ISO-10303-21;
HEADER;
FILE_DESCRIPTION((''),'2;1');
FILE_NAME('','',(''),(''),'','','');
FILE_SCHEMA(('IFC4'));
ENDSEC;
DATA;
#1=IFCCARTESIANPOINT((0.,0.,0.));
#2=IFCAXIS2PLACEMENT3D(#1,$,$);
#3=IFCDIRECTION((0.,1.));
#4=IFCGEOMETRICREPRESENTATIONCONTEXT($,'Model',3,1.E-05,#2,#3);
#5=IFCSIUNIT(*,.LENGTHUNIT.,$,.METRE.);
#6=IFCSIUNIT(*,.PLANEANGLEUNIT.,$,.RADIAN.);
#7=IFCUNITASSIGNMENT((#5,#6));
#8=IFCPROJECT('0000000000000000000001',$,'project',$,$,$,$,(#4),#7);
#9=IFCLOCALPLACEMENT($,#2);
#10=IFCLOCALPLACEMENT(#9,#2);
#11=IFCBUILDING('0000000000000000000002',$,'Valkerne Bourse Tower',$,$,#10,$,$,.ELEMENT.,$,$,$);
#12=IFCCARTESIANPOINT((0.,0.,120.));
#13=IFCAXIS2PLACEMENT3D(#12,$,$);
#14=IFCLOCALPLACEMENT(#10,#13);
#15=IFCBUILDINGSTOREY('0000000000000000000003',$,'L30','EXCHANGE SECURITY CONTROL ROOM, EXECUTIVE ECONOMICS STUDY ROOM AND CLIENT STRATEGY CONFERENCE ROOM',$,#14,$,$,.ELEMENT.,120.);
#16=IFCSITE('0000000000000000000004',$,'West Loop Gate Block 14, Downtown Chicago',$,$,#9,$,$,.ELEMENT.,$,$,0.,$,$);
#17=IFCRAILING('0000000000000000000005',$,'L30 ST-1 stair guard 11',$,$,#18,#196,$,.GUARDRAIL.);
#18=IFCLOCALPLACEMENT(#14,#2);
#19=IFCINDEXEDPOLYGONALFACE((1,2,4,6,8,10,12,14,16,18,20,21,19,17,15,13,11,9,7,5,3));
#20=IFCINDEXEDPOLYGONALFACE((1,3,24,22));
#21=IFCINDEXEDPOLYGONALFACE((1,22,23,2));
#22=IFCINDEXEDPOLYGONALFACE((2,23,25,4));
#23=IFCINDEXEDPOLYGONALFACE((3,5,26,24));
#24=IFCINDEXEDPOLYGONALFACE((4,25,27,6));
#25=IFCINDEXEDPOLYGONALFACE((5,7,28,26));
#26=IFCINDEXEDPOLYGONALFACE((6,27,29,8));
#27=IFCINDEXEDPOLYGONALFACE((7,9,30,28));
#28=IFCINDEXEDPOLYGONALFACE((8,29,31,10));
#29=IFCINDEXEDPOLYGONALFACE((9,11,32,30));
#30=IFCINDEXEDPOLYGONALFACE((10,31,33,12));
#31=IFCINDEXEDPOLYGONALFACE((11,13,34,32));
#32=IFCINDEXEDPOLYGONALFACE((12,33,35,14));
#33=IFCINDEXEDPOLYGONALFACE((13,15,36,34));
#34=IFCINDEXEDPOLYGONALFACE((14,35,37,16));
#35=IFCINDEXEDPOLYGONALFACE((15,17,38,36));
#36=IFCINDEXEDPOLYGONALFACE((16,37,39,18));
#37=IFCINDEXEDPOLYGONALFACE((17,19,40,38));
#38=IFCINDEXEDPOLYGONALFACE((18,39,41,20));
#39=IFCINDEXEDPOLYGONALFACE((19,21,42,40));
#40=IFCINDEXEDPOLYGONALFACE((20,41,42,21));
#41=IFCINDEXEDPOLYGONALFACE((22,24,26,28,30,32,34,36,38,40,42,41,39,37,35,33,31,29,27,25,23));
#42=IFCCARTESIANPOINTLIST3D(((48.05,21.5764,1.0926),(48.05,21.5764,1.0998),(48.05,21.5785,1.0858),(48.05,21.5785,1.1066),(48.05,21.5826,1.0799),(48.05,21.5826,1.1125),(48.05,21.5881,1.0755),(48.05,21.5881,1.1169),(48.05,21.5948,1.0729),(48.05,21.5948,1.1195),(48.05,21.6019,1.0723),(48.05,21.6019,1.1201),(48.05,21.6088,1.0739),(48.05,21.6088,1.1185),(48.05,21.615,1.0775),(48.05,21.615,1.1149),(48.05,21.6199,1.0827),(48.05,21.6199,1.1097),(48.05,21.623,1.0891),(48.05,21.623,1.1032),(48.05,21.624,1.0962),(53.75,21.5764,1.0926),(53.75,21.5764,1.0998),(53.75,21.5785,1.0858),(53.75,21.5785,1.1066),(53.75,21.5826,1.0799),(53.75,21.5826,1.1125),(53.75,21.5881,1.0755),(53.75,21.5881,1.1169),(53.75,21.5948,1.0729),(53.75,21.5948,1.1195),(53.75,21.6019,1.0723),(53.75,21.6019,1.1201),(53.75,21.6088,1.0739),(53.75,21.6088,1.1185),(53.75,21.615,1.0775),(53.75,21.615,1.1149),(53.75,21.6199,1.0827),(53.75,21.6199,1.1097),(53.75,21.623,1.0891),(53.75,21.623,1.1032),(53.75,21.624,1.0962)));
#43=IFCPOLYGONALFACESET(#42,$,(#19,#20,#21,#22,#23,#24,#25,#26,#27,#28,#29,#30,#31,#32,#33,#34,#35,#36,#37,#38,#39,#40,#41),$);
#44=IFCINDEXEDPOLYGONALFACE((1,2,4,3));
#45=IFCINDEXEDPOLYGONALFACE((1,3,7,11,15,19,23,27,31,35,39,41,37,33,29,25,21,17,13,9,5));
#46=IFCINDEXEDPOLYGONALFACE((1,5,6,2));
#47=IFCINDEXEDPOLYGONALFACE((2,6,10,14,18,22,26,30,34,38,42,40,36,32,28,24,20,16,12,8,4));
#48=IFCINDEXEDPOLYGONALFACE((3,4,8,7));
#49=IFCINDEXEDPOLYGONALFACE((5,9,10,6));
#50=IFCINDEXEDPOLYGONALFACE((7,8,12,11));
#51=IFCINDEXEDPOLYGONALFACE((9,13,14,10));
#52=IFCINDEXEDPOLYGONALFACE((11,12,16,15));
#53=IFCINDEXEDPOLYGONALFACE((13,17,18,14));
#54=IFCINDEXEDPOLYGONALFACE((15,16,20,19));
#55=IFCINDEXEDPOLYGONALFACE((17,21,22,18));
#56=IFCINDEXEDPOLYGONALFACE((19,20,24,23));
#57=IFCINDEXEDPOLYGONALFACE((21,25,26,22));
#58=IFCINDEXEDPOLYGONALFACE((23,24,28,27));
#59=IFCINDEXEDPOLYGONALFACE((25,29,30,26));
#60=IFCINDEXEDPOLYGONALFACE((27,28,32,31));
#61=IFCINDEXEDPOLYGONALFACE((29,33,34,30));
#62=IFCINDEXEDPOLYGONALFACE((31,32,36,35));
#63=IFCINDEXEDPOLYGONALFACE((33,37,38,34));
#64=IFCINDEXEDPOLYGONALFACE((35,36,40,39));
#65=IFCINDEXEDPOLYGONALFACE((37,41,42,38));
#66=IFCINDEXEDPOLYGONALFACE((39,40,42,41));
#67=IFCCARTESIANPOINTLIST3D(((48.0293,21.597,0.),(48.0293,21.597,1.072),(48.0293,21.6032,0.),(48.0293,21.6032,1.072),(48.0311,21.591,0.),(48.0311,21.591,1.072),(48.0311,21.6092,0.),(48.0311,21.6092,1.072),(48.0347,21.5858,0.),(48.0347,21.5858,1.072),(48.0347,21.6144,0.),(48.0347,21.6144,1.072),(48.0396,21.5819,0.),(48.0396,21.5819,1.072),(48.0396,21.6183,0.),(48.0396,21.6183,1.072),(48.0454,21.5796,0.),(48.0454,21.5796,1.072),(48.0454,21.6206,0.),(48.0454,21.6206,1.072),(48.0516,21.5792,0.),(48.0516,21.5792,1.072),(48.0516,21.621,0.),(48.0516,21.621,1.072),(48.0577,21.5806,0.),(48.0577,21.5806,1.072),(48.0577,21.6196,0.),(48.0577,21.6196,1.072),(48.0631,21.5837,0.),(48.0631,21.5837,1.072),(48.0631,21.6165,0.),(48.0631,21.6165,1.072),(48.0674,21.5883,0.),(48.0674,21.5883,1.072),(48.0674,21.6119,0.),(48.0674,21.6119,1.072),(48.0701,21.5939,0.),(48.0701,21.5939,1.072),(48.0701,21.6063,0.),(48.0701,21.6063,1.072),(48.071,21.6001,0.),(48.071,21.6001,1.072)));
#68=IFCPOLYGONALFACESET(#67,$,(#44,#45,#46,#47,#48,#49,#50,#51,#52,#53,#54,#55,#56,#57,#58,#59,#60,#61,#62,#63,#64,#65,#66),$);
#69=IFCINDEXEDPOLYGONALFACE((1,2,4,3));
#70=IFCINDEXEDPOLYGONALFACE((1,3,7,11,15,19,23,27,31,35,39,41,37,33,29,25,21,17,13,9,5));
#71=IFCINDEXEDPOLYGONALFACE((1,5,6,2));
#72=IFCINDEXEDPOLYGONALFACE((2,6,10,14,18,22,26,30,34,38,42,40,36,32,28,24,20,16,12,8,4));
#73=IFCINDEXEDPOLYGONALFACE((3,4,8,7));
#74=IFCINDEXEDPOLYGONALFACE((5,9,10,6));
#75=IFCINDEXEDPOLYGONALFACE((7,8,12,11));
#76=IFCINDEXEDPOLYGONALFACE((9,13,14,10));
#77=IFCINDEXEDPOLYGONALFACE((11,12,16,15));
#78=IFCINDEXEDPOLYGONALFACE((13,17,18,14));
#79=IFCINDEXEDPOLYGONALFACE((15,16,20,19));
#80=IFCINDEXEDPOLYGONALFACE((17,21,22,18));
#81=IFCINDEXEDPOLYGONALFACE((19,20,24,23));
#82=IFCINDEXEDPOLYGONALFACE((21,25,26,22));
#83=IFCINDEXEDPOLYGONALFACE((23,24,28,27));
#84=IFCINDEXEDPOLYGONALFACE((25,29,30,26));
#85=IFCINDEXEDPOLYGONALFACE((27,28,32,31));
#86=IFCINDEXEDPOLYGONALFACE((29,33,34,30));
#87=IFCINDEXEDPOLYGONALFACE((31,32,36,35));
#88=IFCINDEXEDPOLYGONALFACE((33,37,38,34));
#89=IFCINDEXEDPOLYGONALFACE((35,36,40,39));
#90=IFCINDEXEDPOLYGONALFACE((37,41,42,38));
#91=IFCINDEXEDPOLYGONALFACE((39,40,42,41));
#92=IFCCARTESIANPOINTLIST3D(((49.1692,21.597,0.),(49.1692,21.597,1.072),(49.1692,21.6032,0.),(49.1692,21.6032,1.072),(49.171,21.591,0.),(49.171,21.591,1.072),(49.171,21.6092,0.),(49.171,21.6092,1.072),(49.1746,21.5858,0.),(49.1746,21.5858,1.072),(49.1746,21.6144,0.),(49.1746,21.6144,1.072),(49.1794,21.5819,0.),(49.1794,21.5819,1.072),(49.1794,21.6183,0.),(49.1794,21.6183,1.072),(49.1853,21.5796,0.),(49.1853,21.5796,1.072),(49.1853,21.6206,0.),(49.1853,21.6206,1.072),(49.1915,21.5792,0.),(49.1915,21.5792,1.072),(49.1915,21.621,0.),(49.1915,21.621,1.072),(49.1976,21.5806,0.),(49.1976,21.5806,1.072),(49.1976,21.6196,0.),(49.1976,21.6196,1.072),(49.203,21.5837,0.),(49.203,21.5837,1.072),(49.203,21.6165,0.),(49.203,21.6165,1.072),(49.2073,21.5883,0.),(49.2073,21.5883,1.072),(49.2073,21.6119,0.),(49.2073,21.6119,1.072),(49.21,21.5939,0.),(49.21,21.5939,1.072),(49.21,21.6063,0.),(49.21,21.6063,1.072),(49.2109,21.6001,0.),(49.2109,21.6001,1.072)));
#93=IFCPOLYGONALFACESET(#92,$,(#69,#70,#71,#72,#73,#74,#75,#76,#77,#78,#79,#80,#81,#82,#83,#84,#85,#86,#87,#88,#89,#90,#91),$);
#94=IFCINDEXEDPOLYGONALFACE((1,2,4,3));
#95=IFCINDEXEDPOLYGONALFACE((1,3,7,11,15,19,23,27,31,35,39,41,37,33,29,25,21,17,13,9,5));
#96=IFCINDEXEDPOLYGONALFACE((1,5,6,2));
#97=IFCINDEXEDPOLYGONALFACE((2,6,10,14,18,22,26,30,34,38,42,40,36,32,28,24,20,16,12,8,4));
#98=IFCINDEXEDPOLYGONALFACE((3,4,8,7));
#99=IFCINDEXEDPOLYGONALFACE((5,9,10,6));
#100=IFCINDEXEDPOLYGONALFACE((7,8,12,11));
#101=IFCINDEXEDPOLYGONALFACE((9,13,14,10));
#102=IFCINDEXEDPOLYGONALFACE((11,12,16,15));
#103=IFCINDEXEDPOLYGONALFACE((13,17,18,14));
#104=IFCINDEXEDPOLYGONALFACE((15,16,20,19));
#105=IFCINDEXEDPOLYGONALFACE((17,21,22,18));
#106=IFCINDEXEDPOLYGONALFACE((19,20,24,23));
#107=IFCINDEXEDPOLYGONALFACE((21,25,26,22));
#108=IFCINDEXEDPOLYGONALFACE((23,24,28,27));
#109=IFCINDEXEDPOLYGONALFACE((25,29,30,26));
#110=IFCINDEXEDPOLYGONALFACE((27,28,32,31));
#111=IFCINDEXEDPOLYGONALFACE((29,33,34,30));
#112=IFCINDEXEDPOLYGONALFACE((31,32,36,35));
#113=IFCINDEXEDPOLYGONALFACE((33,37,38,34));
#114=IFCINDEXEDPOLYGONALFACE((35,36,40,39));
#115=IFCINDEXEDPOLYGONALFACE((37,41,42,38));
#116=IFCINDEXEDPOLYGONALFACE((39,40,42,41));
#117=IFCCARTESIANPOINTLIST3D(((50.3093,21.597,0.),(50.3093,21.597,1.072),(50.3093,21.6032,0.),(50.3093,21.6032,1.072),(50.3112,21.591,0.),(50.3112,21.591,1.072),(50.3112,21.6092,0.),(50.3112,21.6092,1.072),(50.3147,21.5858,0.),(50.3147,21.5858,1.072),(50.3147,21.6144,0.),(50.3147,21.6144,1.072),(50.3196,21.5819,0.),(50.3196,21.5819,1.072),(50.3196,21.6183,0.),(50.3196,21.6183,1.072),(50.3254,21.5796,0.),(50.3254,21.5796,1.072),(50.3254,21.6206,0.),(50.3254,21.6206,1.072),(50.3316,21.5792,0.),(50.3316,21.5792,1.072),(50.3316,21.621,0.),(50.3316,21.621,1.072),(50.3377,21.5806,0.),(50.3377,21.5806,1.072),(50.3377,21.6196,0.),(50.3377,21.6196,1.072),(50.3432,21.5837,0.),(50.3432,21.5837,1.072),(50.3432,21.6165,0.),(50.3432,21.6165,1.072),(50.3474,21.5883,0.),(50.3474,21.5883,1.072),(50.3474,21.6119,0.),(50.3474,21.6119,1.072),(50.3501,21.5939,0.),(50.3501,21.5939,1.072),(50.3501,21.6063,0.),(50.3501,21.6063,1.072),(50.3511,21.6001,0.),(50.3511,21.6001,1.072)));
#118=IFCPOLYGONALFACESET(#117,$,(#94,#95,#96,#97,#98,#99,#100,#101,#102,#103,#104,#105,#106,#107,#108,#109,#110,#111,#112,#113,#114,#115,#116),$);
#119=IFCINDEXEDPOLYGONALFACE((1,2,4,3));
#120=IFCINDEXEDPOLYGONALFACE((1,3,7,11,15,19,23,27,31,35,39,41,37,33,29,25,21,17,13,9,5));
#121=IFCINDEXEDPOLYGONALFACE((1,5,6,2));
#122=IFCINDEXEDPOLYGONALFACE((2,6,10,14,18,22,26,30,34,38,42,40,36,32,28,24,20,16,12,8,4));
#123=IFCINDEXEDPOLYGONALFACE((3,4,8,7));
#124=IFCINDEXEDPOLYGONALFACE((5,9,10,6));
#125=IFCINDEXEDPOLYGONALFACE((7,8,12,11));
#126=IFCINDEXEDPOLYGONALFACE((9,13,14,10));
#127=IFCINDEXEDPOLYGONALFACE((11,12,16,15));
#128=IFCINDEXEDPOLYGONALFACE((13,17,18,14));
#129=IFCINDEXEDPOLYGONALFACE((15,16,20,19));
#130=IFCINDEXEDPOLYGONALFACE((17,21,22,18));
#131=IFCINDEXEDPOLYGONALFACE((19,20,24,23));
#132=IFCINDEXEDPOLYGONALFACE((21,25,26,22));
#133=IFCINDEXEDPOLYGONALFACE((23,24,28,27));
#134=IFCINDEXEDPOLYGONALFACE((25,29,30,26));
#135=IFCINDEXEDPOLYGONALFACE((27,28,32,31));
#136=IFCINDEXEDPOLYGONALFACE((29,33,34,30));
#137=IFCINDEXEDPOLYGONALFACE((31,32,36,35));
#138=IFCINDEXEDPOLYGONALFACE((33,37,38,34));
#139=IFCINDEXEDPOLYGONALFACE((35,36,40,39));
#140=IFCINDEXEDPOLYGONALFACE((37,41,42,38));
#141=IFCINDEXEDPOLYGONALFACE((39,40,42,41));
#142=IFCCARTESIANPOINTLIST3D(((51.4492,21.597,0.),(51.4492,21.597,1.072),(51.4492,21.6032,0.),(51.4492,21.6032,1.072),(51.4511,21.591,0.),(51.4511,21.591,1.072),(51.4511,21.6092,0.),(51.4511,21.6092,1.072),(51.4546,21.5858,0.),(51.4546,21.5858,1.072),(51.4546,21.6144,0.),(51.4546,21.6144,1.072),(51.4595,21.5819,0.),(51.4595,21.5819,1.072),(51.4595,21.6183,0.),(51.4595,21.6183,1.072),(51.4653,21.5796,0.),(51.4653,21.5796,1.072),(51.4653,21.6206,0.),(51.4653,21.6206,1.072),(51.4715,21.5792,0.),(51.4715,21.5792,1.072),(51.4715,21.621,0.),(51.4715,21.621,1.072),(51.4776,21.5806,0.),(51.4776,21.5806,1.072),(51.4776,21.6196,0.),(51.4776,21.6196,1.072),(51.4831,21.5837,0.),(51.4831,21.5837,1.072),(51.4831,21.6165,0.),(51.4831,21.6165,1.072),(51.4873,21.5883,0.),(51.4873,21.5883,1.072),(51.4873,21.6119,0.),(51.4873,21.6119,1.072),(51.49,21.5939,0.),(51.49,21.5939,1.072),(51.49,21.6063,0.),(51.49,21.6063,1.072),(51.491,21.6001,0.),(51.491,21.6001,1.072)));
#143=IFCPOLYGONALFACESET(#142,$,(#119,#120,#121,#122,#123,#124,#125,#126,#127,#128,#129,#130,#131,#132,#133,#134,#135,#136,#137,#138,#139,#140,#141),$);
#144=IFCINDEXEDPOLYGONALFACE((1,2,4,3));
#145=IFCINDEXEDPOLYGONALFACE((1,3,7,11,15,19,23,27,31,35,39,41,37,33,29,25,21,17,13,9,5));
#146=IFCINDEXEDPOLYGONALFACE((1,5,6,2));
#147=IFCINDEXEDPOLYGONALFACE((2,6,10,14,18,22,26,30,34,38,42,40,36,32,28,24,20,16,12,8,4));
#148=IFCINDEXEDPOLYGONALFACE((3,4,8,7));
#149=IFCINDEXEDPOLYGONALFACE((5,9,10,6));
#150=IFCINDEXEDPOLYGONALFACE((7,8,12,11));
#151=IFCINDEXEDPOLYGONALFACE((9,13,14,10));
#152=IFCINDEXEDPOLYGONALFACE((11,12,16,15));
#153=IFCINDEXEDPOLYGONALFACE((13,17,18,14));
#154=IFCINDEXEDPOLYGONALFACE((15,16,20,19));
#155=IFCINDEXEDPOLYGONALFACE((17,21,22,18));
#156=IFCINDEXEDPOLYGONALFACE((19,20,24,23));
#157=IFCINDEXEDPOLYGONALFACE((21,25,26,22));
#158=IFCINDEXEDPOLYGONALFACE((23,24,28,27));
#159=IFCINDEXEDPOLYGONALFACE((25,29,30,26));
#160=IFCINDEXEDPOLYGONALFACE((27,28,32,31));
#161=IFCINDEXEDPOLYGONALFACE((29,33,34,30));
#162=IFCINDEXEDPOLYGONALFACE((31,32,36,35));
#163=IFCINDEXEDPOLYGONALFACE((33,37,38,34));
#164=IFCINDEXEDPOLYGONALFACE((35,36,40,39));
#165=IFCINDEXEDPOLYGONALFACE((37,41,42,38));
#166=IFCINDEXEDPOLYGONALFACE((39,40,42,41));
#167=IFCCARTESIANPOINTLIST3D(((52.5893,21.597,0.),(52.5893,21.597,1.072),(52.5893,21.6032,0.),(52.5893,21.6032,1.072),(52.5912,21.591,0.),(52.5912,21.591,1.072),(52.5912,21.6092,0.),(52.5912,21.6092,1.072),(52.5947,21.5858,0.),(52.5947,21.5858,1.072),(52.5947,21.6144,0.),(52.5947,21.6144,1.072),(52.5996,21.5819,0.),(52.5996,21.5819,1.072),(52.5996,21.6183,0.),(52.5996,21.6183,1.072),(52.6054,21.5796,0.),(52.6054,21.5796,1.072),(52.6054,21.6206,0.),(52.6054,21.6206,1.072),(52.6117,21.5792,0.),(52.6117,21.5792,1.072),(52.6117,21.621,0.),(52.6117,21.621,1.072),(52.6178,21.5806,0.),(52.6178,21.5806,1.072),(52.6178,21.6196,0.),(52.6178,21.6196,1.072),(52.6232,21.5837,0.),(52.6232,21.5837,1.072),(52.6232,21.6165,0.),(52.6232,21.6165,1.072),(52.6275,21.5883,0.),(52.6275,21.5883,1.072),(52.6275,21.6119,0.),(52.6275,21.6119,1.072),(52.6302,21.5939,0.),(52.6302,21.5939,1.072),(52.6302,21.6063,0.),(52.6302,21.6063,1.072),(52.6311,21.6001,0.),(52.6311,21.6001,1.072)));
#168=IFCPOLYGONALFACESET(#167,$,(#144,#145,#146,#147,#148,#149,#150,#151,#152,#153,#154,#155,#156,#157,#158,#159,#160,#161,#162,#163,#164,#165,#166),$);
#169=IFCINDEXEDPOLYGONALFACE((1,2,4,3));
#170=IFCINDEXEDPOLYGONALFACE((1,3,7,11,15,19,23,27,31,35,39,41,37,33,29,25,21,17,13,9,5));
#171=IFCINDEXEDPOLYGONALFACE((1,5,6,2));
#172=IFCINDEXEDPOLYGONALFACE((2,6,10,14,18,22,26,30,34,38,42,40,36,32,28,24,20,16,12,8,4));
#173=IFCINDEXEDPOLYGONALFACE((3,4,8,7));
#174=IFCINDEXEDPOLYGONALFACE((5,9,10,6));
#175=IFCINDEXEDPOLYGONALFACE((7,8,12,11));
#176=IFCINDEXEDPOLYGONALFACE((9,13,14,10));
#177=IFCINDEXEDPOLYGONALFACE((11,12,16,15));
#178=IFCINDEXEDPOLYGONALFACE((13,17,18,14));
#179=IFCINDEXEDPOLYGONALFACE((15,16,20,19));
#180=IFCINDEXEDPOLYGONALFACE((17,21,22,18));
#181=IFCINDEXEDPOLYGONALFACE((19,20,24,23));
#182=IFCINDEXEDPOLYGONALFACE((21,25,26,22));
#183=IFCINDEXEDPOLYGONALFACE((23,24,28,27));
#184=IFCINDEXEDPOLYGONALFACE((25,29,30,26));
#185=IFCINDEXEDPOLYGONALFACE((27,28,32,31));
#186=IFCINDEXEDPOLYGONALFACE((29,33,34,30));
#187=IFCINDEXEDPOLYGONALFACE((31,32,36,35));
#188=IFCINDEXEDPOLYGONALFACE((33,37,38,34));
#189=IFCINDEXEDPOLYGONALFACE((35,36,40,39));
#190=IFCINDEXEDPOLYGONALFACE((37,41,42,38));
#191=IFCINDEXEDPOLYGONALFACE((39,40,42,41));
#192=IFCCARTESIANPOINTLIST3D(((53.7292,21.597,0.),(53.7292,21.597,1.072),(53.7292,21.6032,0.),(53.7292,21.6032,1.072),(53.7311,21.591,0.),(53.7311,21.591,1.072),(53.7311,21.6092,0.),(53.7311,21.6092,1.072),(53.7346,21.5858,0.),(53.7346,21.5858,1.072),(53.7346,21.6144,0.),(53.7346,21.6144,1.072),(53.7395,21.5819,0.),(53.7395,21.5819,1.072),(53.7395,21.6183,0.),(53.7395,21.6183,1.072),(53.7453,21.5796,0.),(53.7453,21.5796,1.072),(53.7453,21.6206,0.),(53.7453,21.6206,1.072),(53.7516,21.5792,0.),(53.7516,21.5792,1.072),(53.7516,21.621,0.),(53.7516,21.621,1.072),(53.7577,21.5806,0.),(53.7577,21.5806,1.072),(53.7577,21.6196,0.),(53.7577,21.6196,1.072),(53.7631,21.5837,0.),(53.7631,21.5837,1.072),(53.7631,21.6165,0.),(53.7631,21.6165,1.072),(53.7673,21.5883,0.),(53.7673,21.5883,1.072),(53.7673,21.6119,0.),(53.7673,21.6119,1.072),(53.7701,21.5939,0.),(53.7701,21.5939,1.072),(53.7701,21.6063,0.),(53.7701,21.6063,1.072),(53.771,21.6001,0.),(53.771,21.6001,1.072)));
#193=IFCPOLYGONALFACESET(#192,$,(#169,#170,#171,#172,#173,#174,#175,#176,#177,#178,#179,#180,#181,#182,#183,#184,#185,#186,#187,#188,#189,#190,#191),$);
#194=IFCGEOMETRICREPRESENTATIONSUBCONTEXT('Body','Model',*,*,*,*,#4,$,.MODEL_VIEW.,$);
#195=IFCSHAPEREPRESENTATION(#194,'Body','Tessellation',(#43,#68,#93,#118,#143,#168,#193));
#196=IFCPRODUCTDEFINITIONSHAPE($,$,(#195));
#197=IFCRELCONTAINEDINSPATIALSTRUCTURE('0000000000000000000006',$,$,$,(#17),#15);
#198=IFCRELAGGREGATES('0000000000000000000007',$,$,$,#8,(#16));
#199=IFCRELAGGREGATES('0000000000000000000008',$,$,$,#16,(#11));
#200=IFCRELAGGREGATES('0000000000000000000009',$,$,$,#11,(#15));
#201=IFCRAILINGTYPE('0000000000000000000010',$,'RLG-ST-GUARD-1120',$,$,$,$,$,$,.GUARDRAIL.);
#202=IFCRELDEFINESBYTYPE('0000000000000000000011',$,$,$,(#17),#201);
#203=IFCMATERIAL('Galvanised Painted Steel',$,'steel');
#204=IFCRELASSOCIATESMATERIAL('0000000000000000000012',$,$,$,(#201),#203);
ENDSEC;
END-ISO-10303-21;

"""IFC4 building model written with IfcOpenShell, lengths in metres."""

from ifc_helpers import new_model, si_unit, direction, frame, origin, origin_2d, place, context, subcontext, project, spatial, circle, extrude, material, type_object, element, save


model = new_model("IFC4")

# Units and contexts
model_context = context("Model", 3, precision=1e-05, world=origin(), true_north=direction((0.0, 1.0)))
body_context = subcontext(model_context, "Body", "Model", "MODEL_VIEW")
ifc_project = project(units=[si_unit("LENGTHUNIT", "METRE"), si_unit("PLANEANGLEUNIT", "RADIAN")], contexts=[model_context])

# Site, building, storey
site_placement = place(None, origin())
site = spatial("IfcSite", under=ifc_project, at=site_placement, Name="West Loop Gate Block 14, Downtown Chicago", CompositionType="ELEMENT", RefElevation=0.0)
building_placement = place(site_placement, origin())
building = spatial("IfcBuilding", under=site, at=building_placement, Name="Valkerne Bourse Tower", CompositionType="ELEMENT")
storey_placement = place(building_placement, frame((0.0, 0.0, 120.0)))
storey = spatial("IfcBuildingStorey", under=building, at=storey_placement, Name="L30", Description="EXCHANGE SECURITY CONTROL ROOM, EXECUTIVE ECONOMICS STUDY ROOM AND CLIENT STRATEGY CONFERENCE ROOM", CompositionType="ELEMENT", Elevation=120.0)

# Shared definitions
ifc_material_1 = material(Name="Galvanised Painted Steel", Category="steel")

# Railing
railing_type_1 = type_object("IfcRailingType", Name="RLG-ST-GUARD-1120", PredefinedType="GUARDRAIL", material=ifc_material_1)
railing_1_placement = place(storey_placement, frame((48.05, 21.6001, 0.0)))
element("IfcRailing", 1, at=railing_1_placement, inside=storey, type_object=railing_type_1, Name="L30 ST-1 stair guard 11", PredefinedType="GUARDRAIL", context=body_context, shape_type="SweptSolid", body=[
    extrude(circle(Radius=0.0239, at=origin_2d()), frame((0.0, 0.0, 1.0962), z_axis=(1.0, 0.0, 0.0), x_axis=(0.0, 1.0, 0.0)), (0.0, 0.0, 1.0), 5.7),
    extrude(circle(Radius=0.021, at=origin_2d()), origin(), (0.0, 0.0, 1.0), 1.072),
    extrude(circle(Radius=0.021, at=origin_2d()), frame((1.1399, 0.0, 0.0)), (0.0, 0.0, 1.0), 1.072),
    extrude(circle(Radius=0.021, at=origin_2d()), frame((2.28, 0.0, 0.0)), (0.0, 0.0, 1.0), 1.072),
    extrude(circle(Radius=0.021, at=origin_2d()), frame((3.4199, 0.0, 0.0)), (0.0, 0.0, 1.0), 1.072),
    extrude(circle(Radius=0.021, at=origin_2d()), frame((4.5601, 0.0, 0.0)), (0.0, 0.0, 1.0), 1.072),
    extrude(circle(Radius=0.021, at=origin_2d()), frame((5.7, 0.0, 0.0)), (0.0, 0.0, 1.0), 1.072),
])

save(model, "model.ifc")
